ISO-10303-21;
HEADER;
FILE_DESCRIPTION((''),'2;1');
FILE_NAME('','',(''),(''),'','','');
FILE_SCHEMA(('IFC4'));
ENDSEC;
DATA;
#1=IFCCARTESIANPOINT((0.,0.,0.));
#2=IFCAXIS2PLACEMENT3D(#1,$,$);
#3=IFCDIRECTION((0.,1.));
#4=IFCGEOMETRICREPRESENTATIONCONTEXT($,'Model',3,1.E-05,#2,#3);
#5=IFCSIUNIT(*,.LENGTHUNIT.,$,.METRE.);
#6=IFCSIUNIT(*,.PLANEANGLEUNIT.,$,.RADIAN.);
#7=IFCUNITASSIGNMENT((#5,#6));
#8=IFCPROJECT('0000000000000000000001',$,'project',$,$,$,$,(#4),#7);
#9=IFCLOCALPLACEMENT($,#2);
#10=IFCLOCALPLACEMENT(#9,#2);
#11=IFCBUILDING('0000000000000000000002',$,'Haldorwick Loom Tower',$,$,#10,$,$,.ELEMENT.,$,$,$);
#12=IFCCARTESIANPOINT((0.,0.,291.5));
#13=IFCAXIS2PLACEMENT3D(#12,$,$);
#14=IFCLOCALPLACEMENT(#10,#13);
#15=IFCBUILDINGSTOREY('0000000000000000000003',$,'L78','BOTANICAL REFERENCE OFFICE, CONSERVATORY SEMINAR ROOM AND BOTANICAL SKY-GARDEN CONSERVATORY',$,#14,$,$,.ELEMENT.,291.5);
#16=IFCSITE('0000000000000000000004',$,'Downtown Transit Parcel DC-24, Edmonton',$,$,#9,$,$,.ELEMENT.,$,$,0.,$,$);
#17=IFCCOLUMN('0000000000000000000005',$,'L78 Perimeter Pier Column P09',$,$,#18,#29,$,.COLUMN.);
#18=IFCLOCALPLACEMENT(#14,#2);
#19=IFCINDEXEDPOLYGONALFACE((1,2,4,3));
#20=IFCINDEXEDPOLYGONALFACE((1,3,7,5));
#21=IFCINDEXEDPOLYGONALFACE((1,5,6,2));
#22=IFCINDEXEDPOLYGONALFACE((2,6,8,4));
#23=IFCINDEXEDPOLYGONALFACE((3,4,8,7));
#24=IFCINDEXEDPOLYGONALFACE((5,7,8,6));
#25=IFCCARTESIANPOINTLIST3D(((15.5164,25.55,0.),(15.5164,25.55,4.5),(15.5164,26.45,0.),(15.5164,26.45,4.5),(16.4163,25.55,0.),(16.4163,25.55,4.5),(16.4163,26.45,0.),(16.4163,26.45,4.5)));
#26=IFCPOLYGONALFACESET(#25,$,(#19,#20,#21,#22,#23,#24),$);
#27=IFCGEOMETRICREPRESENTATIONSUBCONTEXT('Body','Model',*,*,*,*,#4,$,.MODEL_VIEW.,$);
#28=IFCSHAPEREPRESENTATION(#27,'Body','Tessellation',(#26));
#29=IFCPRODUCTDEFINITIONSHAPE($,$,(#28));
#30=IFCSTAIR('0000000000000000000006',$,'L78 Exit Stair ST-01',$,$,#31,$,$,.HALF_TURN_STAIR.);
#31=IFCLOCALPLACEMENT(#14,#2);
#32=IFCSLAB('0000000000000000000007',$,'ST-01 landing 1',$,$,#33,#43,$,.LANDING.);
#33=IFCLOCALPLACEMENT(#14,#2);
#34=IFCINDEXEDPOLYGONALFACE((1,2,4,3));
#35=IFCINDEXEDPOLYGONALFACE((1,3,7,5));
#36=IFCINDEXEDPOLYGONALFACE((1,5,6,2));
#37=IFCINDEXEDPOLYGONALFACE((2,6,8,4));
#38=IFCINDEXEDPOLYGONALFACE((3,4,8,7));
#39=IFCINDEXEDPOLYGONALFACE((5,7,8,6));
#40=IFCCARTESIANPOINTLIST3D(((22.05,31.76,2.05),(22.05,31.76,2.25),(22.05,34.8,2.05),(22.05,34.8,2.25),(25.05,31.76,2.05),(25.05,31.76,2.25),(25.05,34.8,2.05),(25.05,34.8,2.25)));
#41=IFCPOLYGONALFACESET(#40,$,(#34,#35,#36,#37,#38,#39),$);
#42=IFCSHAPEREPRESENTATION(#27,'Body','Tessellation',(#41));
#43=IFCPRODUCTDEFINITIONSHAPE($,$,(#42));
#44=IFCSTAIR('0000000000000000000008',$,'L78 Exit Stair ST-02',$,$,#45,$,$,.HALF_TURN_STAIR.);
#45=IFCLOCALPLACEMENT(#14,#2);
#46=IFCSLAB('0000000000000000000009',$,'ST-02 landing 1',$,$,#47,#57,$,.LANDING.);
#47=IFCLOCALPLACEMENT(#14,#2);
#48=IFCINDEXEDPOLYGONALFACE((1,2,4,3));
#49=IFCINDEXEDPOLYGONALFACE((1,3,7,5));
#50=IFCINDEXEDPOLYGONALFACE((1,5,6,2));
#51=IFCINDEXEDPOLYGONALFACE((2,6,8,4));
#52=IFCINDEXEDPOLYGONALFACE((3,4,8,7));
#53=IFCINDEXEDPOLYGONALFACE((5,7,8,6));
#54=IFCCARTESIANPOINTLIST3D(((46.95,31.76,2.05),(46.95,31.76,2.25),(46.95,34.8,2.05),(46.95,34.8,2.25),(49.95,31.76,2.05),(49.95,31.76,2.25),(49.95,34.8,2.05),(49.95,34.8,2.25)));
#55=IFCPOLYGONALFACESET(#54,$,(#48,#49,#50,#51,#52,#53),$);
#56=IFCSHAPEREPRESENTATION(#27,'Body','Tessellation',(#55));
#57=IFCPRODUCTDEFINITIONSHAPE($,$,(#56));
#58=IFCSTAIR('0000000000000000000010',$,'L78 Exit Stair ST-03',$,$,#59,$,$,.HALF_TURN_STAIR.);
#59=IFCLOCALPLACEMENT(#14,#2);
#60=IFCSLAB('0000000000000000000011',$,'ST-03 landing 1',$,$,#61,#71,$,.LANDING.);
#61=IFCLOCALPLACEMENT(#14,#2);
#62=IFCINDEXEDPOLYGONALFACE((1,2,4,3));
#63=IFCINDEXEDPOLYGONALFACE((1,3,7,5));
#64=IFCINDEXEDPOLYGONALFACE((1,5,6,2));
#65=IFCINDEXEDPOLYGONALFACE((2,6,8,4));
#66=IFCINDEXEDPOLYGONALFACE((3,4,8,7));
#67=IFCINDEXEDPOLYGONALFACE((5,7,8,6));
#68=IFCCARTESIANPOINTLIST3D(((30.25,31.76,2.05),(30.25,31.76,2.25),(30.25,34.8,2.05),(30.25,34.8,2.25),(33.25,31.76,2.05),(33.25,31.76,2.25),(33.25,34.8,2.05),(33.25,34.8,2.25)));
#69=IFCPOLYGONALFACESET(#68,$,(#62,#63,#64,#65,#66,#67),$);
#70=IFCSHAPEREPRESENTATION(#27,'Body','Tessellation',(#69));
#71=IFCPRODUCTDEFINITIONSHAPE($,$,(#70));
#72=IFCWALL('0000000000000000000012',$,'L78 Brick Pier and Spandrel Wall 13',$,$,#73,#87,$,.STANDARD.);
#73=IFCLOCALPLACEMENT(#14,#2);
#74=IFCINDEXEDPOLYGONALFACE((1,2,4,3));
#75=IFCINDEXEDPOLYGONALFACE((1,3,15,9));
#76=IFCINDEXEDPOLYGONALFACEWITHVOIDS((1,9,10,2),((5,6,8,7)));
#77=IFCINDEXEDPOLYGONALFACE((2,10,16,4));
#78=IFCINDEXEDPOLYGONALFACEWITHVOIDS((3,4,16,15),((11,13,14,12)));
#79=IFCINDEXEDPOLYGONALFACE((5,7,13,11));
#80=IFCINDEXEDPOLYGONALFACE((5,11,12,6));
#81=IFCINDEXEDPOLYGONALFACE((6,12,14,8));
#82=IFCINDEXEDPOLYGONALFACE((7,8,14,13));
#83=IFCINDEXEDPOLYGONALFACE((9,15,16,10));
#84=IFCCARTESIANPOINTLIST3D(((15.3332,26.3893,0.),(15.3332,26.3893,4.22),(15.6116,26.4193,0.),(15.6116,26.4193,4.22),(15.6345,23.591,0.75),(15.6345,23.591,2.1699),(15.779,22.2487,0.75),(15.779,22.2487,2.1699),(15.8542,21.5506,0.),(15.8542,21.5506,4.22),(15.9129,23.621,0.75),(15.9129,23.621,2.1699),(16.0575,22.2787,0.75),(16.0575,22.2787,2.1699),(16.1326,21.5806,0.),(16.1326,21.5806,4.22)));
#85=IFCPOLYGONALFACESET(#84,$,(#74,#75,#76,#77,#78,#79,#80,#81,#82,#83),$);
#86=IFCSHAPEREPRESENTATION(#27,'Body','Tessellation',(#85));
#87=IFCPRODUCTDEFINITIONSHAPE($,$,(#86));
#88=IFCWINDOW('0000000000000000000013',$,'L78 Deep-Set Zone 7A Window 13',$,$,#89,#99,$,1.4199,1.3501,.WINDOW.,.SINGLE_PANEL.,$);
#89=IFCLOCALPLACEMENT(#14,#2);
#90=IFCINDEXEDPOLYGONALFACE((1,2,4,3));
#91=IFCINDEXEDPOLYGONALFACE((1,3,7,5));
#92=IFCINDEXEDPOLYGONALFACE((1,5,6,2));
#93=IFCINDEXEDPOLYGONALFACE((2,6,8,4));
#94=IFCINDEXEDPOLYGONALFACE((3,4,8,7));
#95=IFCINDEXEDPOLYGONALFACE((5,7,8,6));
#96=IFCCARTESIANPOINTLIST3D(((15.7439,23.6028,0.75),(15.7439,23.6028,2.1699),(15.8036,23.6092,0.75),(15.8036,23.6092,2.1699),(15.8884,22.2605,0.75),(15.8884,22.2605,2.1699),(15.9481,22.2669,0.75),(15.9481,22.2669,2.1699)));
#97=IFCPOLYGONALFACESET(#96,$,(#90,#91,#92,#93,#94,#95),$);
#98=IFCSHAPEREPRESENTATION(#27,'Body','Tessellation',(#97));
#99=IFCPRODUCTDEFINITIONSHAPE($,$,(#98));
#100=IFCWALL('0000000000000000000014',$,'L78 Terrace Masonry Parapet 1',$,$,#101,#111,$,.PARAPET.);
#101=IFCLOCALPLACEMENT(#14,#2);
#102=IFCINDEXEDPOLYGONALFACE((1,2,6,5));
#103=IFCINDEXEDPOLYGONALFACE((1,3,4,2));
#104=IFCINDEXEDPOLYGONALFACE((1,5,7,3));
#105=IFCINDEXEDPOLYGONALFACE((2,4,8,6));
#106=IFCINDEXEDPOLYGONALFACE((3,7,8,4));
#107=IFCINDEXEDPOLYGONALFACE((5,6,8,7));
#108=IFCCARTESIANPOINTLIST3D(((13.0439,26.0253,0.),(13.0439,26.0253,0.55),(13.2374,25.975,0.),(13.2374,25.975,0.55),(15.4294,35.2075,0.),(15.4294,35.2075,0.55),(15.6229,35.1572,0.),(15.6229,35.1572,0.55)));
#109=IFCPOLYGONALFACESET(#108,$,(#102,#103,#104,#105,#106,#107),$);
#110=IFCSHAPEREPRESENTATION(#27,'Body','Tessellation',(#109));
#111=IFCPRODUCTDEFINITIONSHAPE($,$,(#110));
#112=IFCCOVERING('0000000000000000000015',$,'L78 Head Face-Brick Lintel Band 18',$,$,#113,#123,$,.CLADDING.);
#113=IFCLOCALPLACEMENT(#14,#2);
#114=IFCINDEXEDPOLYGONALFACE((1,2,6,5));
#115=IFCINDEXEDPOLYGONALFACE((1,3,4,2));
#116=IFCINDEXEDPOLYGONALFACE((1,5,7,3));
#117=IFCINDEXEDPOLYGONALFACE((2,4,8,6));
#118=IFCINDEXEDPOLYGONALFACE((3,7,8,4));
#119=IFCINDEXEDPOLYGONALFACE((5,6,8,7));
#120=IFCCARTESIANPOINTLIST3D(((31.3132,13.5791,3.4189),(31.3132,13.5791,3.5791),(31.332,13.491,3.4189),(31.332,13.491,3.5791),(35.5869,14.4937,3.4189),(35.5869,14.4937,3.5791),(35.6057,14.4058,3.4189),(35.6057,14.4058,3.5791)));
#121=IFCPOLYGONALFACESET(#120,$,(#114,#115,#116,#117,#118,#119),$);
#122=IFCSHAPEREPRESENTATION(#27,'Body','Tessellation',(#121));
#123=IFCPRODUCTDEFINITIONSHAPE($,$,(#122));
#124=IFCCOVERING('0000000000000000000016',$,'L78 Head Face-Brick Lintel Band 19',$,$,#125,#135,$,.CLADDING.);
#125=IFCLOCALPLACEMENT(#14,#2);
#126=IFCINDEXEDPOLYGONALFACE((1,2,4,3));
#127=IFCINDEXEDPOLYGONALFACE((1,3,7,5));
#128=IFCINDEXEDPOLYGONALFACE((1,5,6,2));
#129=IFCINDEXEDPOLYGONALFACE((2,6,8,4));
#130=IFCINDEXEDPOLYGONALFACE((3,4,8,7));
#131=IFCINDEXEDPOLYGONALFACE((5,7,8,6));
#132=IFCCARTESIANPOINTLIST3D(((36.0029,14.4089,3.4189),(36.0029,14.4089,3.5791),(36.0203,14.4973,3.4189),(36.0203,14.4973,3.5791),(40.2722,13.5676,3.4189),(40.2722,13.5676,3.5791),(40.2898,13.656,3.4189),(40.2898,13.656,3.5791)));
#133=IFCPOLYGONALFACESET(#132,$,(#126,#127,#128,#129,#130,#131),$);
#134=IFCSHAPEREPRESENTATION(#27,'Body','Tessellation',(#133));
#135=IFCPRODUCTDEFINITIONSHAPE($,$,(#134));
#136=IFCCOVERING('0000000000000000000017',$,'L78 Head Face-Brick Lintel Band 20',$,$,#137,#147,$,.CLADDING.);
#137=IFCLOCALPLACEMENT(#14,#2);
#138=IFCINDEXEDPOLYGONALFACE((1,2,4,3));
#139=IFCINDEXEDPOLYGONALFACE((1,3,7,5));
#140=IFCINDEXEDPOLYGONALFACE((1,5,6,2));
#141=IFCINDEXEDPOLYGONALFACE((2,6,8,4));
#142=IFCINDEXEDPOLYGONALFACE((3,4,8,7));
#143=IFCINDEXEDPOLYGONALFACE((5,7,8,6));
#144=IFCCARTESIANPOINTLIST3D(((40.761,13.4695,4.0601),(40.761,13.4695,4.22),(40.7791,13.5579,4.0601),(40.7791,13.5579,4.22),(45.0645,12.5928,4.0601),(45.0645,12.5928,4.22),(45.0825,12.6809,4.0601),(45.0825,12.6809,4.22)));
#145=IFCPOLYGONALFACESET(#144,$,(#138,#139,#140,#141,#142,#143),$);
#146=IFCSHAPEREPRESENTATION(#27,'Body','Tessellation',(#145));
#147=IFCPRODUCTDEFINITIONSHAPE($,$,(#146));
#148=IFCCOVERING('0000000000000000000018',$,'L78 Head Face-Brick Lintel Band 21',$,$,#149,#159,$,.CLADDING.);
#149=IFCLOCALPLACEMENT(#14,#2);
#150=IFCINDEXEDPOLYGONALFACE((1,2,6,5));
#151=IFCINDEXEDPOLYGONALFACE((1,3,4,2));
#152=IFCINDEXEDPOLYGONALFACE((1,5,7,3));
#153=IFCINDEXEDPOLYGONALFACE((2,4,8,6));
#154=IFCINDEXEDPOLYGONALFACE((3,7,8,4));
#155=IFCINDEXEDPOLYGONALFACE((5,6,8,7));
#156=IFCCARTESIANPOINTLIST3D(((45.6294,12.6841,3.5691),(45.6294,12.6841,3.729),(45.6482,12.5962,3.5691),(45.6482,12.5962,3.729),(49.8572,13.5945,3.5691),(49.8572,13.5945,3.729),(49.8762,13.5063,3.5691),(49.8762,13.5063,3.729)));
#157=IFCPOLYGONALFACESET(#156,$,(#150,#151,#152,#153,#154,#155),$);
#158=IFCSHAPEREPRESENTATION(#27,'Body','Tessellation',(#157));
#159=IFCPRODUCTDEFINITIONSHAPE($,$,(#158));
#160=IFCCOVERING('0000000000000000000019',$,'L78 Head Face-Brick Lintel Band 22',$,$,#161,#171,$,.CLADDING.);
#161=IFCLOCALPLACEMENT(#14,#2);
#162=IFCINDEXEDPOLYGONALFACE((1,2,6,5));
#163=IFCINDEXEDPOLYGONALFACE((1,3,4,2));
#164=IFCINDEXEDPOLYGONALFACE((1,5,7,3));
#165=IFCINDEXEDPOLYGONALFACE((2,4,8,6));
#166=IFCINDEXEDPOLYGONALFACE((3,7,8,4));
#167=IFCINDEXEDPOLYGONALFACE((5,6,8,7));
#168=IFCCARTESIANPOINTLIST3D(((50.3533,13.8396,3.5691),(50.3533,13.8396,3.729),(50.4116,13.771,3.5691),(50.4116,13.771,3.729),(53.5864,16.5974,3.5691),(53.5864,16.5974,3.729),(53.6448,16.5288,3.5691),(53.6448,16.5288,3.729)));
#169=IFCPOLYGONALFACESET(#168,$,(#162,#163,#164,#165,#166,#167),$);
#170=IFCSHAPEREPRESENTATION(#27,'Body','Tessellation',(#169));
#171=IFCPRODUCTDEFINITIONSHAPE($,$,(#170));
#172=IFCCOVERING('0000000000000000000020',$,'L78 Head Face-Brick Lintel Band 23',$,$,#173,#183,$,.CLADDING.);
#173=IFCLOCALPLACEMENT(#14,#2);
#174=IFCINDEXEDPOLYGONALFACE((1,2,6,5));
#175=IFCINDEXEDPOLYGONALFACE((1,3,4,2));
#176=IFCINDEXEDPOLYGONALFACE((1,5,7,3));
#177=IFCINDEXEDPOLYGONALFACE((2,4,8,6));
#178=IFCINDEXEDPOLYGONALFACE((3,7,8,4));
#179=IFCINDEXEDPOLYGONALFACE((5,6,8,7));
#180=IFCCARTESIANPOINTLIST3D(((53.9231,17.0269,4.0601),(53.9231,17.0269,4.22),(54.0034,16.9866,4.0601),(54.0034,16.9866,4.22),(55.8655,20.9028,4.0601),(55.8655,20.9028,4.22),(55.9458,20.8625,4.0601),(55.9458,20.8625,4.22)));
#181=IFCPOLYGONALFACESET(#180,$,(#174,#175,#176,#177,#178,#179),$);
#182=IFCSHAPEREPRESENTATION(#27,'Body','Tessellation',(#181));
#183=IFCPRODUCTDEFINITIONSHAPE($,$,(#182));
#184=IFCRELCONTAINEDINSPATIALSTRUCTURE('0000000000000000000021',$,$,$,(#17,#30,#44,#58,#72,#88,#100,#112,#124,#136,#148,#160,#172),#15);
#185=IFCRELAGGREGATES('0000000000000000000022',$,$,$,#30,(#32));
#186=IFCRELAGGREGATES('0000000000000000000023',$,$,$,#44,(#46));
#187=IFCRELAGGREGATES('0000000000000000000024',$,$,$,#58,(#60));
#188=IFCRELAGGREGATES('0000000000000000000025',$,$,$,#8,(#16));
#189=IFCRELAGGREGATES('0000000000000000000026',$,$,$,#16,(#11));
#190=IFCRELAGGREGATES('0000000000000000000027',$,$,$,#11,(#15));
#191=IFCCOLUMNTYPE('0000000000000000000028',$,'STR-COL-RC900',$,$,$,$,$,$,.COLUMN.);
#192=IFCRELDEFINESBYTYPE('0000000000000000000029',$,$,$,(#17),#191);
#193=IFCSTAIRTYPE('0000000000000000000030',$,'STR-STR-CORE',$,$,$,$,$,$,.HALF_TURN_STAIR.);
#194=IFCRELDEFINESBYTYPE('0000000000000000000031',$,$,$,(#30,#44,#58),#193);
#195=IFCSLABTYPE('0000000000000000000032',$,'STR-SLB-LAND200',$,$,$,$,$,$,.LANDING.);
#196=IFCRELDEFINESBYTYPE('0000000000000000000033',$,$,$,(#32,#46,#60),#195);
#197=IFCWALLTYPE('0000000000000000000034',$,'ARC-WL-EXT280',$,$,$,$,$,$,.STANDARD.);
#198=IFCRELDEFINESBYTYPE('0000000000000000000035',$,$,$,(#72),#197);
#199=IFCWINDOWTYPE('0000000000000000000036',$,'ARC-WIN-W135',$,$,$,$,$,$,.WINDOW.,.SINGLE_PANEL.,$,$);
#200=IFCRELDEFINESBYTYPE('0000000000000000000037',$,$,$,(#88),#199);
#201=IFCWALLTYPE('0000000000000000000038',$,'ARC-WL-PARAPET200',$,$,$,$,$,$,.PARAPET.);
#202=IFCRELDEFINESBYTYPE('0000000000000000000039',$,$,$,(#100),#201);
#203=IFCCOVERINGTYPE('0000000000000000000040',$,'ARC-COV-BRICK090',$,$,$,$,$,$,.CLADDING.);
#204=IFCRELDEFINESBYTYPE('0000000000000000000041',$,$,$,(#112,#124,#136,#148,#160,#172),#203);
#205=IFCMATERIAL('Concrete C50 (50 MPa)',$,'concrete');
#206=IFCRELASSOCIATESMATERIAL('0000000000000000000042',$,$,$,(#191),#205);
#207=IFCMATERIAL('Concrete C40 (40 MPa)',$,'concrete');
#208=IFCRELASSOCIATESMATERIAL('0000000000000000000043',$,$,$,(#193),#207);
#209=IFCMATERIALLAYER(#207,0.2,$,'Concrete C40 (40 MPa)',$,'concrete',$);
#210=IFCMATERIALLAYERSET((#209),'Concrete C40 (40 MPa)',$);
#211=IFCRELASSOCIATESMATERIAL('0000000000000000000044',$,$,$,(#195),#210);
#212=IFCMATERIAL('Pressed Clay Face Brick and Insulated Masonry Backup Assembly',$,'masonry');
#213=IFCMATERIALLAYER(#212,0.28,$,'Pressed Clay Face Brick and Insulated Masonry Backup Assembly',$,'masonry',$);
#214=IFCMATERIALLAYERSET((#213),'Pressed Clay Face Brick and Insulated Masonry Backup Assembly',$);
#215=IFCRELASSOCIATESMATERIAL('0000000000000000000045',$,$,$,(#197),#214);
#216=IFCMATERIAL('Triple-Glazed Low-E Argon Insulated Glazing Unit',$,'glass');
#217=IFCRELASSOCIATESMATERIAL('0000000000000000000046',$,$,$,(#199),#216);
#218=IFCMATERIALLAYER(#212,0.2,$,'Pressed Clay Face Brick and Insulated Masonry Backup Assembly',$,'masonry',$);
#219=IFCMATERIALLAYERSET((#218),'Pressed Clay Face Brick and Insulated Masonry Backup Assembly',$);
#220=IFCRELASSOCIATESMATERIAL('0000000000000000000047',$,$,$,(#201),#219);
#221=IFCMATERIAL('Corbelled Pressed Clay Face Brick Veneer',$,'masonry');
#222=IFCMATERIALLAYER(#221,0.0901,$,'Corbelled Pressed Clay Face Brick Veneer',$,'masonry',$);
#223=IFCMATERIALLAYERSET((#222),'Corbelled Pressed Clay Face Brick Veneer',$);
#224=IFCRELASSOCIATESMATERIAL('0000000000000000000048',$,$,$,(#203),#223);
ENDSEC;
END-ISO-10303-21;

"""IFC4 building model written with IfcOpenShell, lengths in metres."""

from ifc_helpers import new_model, si_unit, direction, frame, frame_2d, origin, origin_2d, place, context, subcontext, project, spatial, polyline, rectangle, outline, extrude, material, layer, layer_set, material_profile, profile_set, type_object, element, fill, aggregate, save


model = new_model("IFC4")

# Units and contexts
model_context = context("Model", 3, precision=1e-05, world=origin(), true_north=direction((0.0, 1.0)))
body_context = subcontext(model_context, "Body", "Model", "MODEL_VIEW")
ifc_project = project(units=[si_unit("LENGTHUNIT", "METRE"), si_unit("PLANEANGLEUNIT", "RADIAN")], contexts=[model_context])

# Site, building, storey
site_placement = place(None, origin())
site = spatial("IfcSite", under=ifc_project, at=site_placement, Name="Downtown Transit Parcel DC-24, Edmonton", CompositionType="ELEMENT", RefElevation=0.0)
building_placement = place(site_placement, origin())
building = spatial("IfcBuilding", under=site, at=building_placement, Name="Haldorwick Loom Tower", CompositionType="ELEMENT")
storey_placement = place(building_placement, frame((0.0, 0.0, 291.5)))
storey = spatial("IfcBuildingStorey", under=building, at=storey_placement, Name="L78", Description="BOTANICAL REFERENCE OFFICE, CONSERVATORY SEMINAR ROOM AND BOTANICAL SKY-GARDEN CONSERVATORY", CompositionType="ELEMENT", Elevation=291.5)

# Column
ifc_material_1 = material(Name="Concrete C50 (50 MPa)", Category="concrete")
ifc_material_profile = material_profile(ifc_material_1, rectangle(XDim=0.8999, YDim=0.8999, at=origin_2d()), Name="RC900X900", Category="concrete")
ifc_profile_set = profile_set([ifc_material_profile], Name="Concrete C50 (50 MPa)")
column_type = type_object("IfcColumnType", Name="STR-COL-RC900", PredefinedType="COLUMN", material=ifc_profile_set)
column_placement = place(storey_placement, frame((15.9663, 26.0, 0.0), z_axis=(0.0, 0.0, 1.0), x_axis=(-1.0, 0.0, 0.0)))
element("IfcColumn", 1, at=column_placement, inside=storey, type_object=column_type, Name="L78 Perimeter Pier Column P09", PredefinedType="COLUMN", context=body_context, shape_type="SweptSolid", body=[
    extrude(rectangle(XDim=0.8999, YDim=0.8999, at=origin_2d()), origin(), (0.0, 0.0, 1.0), 4.5),
])

# Stairs, slabs
ifc_material_2 = material(Name="Concrete C40 (40 MPa)", Category="concrete")
stair_type = type_object("IfcStairType", Name="STR-STR-CORE", PredefinedType="HALF_TURN_STAIR", material=ifc_material_2)
stair_1_placement = place(storey_placement, origin())
stair_1 = element("IfcStair", 2, at=stair_1_placement, inside=storey, type_object=stair_type, Name="L78 Exit Stair ST-01", PredefinedType="HALF_TURN_STAIR")
ifc_layer_1 = layer(ifc_material_2, 0.2, Name="Concrete C40 (40 MPa)", Category="concrete")
ifc_layer_set_1 = layer_set([ifc_layer_1], Name="Concrete C40 (40 MPa)")
slab_type = type_object("IfcSlabType", Name="STR-SLB-LAND200", PredefinedType="LANDING", material=ifc_layer_set_1)
slab_1_placement = place(storey_placement, frame((0.0, 0.0, 2.05)))
slab_1 = element("IfcSlab", 3, at=slab_1_placement, type_object=slab_type, Name="ST-01 landing 1", PredefinedType="LANDING", context=body_context, shape_type="SweptSolid", body=[
    extrude(outline(polyline([(25.05, 31.76), (25.05, 34.8), (22.05, 34.8), (22.05, 31.76), (25.05, 31.76)])), origin(), (0.0, 0.0, 1.0), 0.2),
])
aggregate(stair_1, [slab_1])
stair_2_placement = place(storey_placement, origin())
stair_2 = element("IfcStair", 4, at=stair_2_placement, inside=storey, type_object=stair_type, Name="L78 Exit Stair ST-02", PredefinedType="HALF_TURN_STAIR")
slab_2_placement = place(storey_placement, frame((0.0, 0.0, 2.05)))
slab_2 = element("IfcSlab", 5, at=slab_2_placement, type_object=slab_type, Name="ST-02 landing 1", PredefinedType="LANDING", context=body_context, shape_type="SweptSolid", body=[
    extrude(outline(polyline([(49.95, 31.76), (49.95, 34.8), (46.95, 34.8), (46.95, 31.76), (49.95, 31.76)])), origin(), (0.0, 0.0, 1.0), 0.2),
])
aggregate(stair_2, [slab_2])
stair_3_placement = place(storey_placement, origin())
stair_3 = element("IfcStair", 6, at=stair_3_placement, inside=storey, type_object=stair_type, Name="L78 Exit Stair ST-03", PredefinedType="HALF_TURN_STAIR")
slab_3_placement = place(storey_placement, frame((0.0, 0.0, 2.05)))
slab_3 = element("IfcSlab", 7, at=slab_3_placement, type_object=slab_type, Name="ST-03 landing 1", PredefinedType="LANDING", context=body_context, shape_type="SweptSolid", body=[
    extrude(outline(polyline([(33.25, 31.76), (33.25, 34.8), (30.25, 34.8), (30.25, 31.76), (33.25, 31.76)])), origin(), (0.0, 0.0, 1.0), 0.2),
])
aggregate(stair_3, [slab_3])

# Wall, opening, window
ifc_material_3 = material(Name="Pressed Clay Face Brick and Insulated Masonry Backup Assembly", Category="masonry")
ifc_layer_2 = layer(ifc_material_3, 0.28, Name="Pressed Clay Face Brick and Insulated Masonry Backup Assembly", Category="masonry")
ifc_layer_set_2 = layer_set([ifc_layer_2], Name="Pressed Clay Face Brick and Insulated Masonry Backup Assembly")
wall_type_1 = type_object("IfcWallType", Name="ARC-WL-EXT280", PredefinedType="STANDARD", material=ifc_layer_set_2)
wall_1_placement = place(storey_placement, frame((15.4724, 26.4043, 0.0), z_axis=(0.0, 0.0, 1.0), x_axis=(0.107056, -0.994253, 0.0)))
wall_1 = element("IfcWall", 8, at=wall_1_placement, inside=storey, type_object=wall_type_1, Name="L78 Brick Pier and Spandrel Wall 13", PredefinedType="STANDARD", context=body_context, shape_type="SweptSolid", body=[
    extrude(rectangle(XDim=4.8667, YDim=0.28, at=frame_2d((2.4333, 0.0))), origin(), (0.0, 0.0, 1.0), 4.22),
])
opening_placement = place(wall_1_placement, frame((2.8145, 0.0, 0.75)))
opening = element("IfcOpeningElement", 9, at=opening_placement, cuts=wall_1, PredefinedType="OPENING", context=body_context, shape_type="SweptSolid", body=[
    extrude(rectangle(XDim=1.3501, YDim=1.4199, at=frame_2d((0.675, 0.71))), frame((0.0, 0.1499, 0.0), z_axis=(0.0, -1.0, 0.0), x_axis=(1.0, 0.0, 0.0)), (0.0, 0.0, 1.0), 0.3),
])
ifc_material_4 = material(Name="Triple-Glazed Low-E Argon Insulated Glazing Unit", Category="glass")
window_type = type_object("IfcWindowType", Name="ARC-WIN-W135", PartitioningType="SINGLE_PANEL", PredefinedType="WINDOW", material=ifc_material_4)
window_placement = place(opening_placement, origin())
window = element("IfcWindow", 10, at=window_placement, inside=storey, type_object=window_type, Name="L78 Deep-Set Zone 7A Window 13", OverallHeight=1.4199, OverallWidth=1.3501, PartitioningType="SINGLE_PANEL", PredefinedType="WINDOW", context=body_context, shape_type="SweptSolid", body=[
    extrude(rectangle(XDim=1.3501, YDim=1.4199, at=frame_2d((0.675, 0.71))), frame((0.0, 0.03, 0.0), z_axis=(0.0, -1.0, 0.0), x_axis=(1.0, 0.0, 0.0)), (0.0, 0.0, 1.0), 0.0601),
])
fill(opening, window)

# Wall
ifc_layer_3 = layer(ifc_material_3, 0.2, Name="Pressed Clay Face Brick and Insulated Masonry Backup Assembly", Category="masonry")
ifc_layer_set_3 = layer_set([ifc_layer_3], Name="Pressed Clay Face Brick and Insulated Masonry Backup Assembly")
wall_type_2 = type_object("IfcWallType", Name="ARC-WL-PARAPET200", PredefinedType="PARAPET", material=ifc_layer_set_3)
wall_2_placement = place(storey_placement, frame((13.1406, 26.0, 0.0), z_axis=(0.0, 0.0, 1.0), x_axis=(0.251444, 0.967872, 0.0)))
element("IfcWall", 11, at=wall_2_placement, inside=storey, type_object=wall_type_2, Name="L78 Terrace Masonry Parapet 1", PredefinedType="PARAPET", context=body_context, shape_type="SweptSolid", body=[
    extrude(rectangle(XDim=9.4871, YDim=0.2, at=frame_2d((4.7437, 0.0))), origin(), (0.0, 0.0, 1.0), 0.55),
])

# Coverings
ifc_material_5 = material(Name="Corbelled Pressed Clay Face Brick Veneer", Category="masonry")
ifc_layer_4 = layer(ifc_material_5, 0.0901, Name="Corbelled Pressed Clay Face Brick Veneer", Category="masonry")
ifc_layer_set_4 = layer_set([ifc_layer_4], Name="Corbelled Pressed Clay Face Brick Veneer")
covering_type_1 = type_object("IfcCoveringType", Name="ARC-COV-BRICK090", PredefinedType="CLADDING", material=ifc_layer_set_4)
covering_1_placement = place(storey_placement, frame((0.0, 0.0, 3.4189)))
element("IfcCovering", 12, at=covering_1_placement, inside=storey, type_object=covering_type_1, Name="L78 Head Face-Brick Lintel Band 18", PredefinedType="CLADDING", context=body_context, shape_type="SweptSolid", body=[
    extrude(outline(polyline([(31.332, 13.491), (35.6057, 14.4058), (35.5869, 14.4937), (31.3132, 13.5791), (31.332, 13.491)])), origin(), (0.0, 0.0, 1.0), 0.1602),
])
covering_2_placement = place(storey_placement, frame((0.0, 0.0, 3.4189)))
element("IfcCovering", 13, at=covering_2_placement, inside=storey, type_object=covering_type_1, Name="L78 Head Face-Brick Lintel Band 19", PredefinedType="CLADDING", context=body_context, shape_type="SweptSolid", body=[
    extrude(outline(polyline([(36.0029, 14.4089), (40.2722, 13.5676), (40.2898, 13.656), (36.0203, 14.4973), (36.0029, 14.4089)])), origin(), (0.0, 0.0, 1.0), 0.1602),
])
covering_3_placement = place(storey_placement, frame((0.0, 0.0, 4.0601)))
element("IfcCovering", 14, at=covering_3_placement, inside=storey, type_object=covering_type_1, Name="L78 Head Face-Brick Lintel Band 20", PredefinedType="CLADDING", context=body_context, shape_type="SweptSolid", body=[
    extrude(outline(polyline([(40.761, 13.4695), (45.0645, 12.5928), (45.0825, 12.6809), (40.7791, 13.5579), (40.761, 13.4695)])), origin(), (0.0, 0.0, 1.0), 0.1599),
])
covering_4_placement = place(storey_placement, frame((0.0, 0.0, 3.5691)))
element("IfcCovering", 15, at=covering_4_placement, inside=storey, type_object=covering_type_1, Name="L78 Head Face-Brick Lintel Band 21", PredefinedType="CLADDING", context=body_context, shape_type="SweptSolid", body=[
    extrude(outline(polyline([(45.6482, 12.5962), (49.8762, 13.5063), (49.8572, 13.5945), (45.6294, 12.6841), (45.6482, 12.5962)])), origin(), (0.0, 0.0, 1.0), 0.1599),
])
covering_5_placement = place(storey_placement, frame((0.0, 0.0, 3.5691)))
element("IfcCovering", 16, at=covering_5_placement, inside=storey, type_object=covering_type_1, Name="L78 Head Face-Brick Lintel Band 22", PredefinedType="CLADDING", context=body_context, shape_type="SweptSolid", body=[
    extrude(outline(polyline([(50.4116, 13.771), (53.6448, 16.5288), (53.5864, 16.5974), (50.3533, 13.8396), (50.4116, 13.771)])), origin(), (0.0, 0.0, 1.0), 0.1599),
])
covering_6_placement = place(storey_placement, frame((0.0, 0.0, 4.0601)))
element("IfcCovering", 17, at=covering_6_placement, inside=storey, type_object=covering_type_1, Name="L78 Head Face-Brick Lintel Band 23", PredefinedType="CLADDING", context=body_context, shape_type="SweptSolid", body=[
    extrude(outline(polyline([(54.0034, 16.9866), (55.9458, 20.8625), (55.8655, 20.9028), (53.9231, 17.0269), (54.0034, 16.9866)])), origin(), (0.0, 0.0, 1.0), 0.1599),
])

save(model, "model.ifc")
